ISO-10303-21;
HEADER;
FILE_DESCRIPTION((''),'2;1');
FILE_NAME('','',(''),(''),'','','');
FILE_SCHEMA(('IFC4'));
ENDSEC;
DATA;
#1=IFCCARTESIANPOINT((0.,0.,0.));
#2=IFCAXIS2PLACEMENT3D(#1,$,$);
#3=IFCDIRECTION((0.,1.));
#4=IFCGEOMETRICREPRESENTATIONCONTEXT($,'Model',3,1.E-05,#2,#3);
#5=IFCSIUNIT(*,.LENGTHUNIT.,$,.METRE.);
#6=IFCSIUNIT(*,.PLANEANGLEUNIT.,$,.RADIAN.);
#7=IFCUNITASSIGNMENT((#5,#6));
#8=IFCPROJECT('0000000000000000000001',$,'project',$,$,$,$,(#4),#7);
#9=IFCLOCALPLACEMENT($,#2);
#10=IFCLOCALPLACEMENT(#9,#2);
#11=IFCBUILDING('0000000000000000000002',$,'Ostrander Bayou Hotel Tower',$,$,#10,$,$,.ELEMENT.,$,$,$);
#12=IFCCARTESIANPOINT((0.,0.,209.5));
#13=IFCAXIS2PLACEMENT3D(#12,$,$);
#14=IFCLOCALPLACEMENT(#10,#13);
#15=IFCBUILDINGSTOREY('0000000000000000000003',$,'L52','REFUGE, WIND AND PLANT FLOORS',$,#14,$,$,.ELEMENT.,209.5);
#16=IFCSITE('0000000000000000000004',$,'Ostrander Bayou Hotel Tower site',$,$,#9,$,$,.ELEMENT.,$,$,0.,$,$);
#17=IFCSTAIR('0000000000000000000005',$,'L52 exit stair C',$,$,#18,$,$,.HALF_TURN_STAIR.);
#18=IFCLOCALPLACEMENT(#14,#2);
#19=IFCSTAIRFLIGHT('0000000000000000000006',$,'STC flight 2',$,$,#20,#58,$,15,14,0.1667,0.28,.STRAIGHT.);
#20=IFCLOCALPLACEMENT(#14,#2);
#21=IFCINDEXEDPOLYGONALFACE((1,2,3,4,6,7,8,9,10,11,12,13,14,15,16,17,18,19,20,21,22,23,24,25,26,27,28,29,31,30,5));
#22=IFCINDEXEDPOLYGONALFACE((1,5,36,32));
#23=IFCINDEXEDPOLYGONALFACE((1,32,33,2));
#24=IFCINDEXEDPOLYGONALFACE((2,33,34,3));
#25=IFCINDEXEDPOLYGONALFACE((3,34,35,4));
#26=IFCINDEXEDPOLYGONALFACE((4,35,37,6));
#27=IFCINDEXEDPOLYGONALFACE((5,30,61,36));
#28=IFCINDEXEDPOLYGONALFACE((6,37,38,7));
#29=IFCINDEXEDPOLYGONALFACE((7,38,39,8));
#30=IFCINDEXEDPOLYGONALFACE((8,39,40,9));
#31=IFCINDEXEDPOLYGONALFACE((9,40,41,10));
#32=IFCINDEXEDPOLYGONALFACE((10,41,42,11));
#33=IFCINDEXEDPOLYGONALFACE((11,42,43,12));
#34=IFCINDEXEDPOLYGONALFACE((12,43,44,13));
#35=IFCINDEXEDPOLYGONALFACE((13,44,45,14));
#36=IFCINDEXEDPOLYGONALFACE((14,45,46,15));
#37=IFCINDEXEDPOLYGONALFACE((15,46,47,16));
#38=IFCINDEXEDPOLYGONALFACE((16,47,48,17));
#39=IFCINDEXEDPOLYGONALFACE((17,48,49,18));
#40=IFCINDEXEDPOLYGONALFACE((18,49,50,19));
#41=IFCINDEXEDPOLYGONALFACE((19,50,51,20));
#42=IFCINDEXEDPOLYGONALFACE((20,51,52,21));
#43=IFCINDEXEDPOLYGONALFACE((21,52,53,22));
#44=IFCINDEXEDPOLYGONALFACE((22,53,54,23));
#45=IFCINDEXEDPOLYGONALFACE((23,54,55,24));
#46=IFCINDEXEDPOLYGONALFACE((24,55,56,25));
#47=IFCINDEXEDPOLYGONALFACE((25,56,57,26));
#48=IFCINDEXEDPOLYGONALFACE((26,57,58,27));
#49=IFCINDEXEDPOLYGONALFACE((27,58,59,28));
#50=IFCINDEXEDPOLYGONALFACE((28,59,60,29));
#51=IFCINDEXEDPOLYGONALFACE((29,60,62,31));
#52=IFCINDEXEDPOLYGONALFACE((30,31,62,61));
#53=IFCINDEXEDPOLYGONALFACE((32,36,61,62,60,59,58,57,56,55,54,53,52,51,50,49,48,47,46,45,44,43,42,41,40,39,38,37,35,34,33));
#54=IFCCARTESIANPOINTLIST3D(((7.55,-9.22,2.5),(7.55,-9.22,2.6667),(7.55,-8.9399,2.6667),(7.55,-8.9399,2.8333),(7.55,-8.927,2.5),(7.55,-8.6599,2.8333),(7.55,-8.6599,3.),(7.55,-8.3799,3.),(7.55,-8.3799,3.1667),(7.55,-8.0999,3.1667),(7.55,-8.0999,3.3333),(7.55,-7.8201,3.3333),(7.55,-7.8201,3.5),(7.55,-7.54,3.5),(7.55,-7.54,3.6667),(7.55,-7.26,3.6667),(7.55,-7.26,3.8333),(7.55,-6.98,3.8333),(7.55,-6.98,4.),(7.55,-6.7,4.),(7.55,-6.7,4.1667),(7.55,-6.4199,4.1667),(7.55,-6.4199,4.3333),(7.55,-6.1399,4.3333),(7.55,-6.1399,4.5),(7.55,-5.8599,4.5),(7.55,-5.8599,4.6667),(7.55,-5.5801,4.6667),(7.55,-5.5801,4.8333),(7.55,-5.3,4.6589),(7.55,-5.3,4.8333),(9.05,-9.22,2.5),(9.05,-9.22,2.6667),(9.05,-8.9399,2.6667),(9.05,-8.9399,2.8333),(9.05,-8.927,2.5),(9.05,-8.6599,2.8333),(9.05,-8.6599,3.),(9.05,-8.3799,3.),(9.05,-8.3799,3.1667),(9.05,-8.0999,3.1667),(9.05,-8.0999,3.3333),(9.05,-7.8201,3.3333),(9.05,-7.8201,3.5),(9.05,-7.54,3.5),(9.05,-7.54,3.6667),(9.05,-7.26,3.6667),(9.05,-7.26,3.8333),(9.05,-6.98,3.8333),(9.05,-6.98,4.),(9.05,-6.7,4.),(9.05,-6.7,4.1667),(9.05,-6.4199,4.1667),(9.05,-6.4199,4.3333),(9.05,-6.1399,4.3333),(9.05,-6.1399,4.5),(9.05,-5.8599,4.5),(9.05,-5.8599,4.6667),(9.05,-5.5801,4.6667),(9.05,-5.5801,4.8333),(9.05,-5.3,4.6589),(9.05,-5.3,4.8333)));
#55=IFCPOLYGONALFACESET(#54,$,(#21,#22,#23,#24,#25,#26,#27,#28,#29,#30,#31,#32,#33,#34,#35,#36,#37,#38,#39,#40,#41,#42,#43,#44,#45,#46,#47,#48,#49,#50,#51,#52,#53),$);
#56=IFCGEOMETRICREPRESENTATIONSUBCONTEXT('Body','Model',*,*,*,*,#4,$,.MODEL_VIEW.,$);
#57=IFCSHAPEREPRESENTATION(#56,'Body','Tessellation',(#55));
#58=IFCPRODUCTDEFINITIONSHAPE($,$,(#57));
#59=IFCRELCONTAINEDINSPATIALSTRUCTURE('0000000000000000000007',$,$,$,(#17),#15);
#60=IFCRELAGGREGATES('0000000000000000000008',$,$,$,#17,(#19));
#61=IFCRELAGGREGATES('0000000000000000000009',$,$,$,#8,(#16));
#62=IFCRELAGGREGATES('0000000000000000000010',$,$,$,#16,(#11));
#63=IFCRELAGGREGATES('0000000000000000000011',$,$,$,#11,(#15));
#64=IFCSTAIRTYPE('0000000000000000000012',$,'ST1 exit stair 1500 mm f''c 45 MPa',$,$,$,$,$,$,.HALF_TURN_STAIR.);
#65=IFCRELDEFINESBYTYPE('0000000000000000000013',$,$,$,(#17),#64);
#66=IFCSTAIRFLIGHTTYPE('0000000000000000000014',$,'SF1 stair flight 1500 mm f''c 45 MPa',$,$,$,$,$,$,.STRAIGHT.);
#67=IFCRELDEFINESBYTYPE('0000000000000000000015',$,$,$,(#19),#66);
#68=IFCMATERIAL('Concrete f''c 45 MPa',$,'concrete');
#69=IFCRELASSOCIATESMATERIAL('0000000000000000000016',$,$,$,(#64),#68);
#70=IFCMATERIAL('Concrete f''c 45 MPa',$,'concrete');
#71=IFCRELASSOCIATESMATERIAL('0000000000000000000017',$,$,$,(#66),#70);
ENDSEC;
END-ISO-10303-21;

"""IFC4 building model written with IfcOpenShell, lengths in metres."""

from ifc_helpers import new_model, si_unit, direction, frame, origin, place, context, subcontext, project, spatial, polyline, outline, extrude, material, type_object, element, aggregate, save


model = new_model("IFC4")

# Units and contexts
model_context = context("Model", 3, precision=1e-05, world=origin(), true_north=direction((0.0, 1.0)))
body_context = subcontext(model_context, "Body", "Model", "MODEL_VIEW")
ifc_project = project(units=[si_unit("LENGTHUNIT", "METRE"), si_unit("PLANEANGLEUNIT", "RADIAN")], contexts=[model_context])

# Site, building, storey
site_placement = place(None, origin())
site = spatial("IfcSite", under=ifc_project, at=site_placement, Name="Ostrander Bayou Hotel Tower site", CompositionType="ELEMENT", RefElevation=0.0)
building_placement = place(site_placement, origin())
building = spatial("IfcBuilding", under=site, at=building_placement, Name="Ostrander Bayou Hotel Tower", CompositionType="ELEMENT")
storey_placement = place(building_placement, frame((0.0, 0.0, 209.5)))
storey = spatial("IfcBuildingStorey", under=building, at=storey_placement, Name="L52", Description="REFUGE, WIND AND PLANT FLOORS", CompositionType="ELEMENT", Elevation=209.5)

# Stair, stair flight
ifc_material_1 = material(Name="Concrete f'c 45 MPa", Category="concrete")
stair_type = type_object("IfcStairType", Name="ST1 exit stair 1500 mm f'c 45 MPa", PredefinedType="HALF_TURN_STAIR", material=ifc_material_1)
stair_placement = place(storey_placement, origin())
stair = element("IfcStair", 1, at=stair_placement, inside=storey, type_object=stair_type, Name="L52 exit stair C", PredefinedType="HALF_TURN_STAIR")
ifc_material_2 = material(Name="Concrete f'c 45 MPa", Category="concrete")
stair_flight_type = type_object("IfcStairFlightType", Name="SF1 stair flight 1500 mm f'c 45 MPa", PredefinedType="STRAIGHT", material=ifc_material_2)
stair_flight_1_placement = place(storey_placement, frame((8.3, -9.22, 2.5), z_axis=(0.0, 0.0, 1.0), x_axis=(0.0, 1.0, 0.0)))
stair_flight_1 = element("IfcStairFlight", 2, at=stair_flight_1_placement, type_object=stair_flight_type, Name="STC flight 2", NumberOfRisers=15, NumberOfTreads=14, PredefinedType="STRAIGHT", RiserHeight=0.1667, TreadLength=0.28, context=body_context, shape_type="SweptSolid", body=[
    extrude(outline(polyline([(0.0, 0.0), (0.0, 0.1667), (0.28, 0.1667), (0.28, 0.3333), (0.5601, 0.3333), (0.5601, 0.5), (0.8401, 0.5), (0.8401, 0.6667), (1.1201, 0.6667), (1.1201, 0.8333), (1.3999, 0.8333), (1.3999, 1.0), (1.6799, 1.0), (1.6799, 1.1667), (1.96, 1.1667), (1.96, 1.3333), (2.24, 1.3333), (2.24, 1.5), (2.52, 1.5), (2.52, 1.6667), (2.8, 1.6667), (2.8, 1.8333), (3.0801, 1.8333), (3.0801, 2.0), (3.3601, 2.0), (3.3601, 2.1667), (3.6399, 2.1667), (3.6399, 2.3333), (3.9199, 2.3333), (3.9199, 2.5), (3.9199, 2.1589), (0.293, 0.0), (0.0, 0.0)])), frame((0.0, 0.75, 0.0), z_axis=(0.0, -1.0, 0.0), x_axis=(1.0, 0.0, 0.0)), (0.0, 0.0, 1.0), 1.5),
])
aggregate(stair, [stair_flight_1])

save(model, "model.ifc")
